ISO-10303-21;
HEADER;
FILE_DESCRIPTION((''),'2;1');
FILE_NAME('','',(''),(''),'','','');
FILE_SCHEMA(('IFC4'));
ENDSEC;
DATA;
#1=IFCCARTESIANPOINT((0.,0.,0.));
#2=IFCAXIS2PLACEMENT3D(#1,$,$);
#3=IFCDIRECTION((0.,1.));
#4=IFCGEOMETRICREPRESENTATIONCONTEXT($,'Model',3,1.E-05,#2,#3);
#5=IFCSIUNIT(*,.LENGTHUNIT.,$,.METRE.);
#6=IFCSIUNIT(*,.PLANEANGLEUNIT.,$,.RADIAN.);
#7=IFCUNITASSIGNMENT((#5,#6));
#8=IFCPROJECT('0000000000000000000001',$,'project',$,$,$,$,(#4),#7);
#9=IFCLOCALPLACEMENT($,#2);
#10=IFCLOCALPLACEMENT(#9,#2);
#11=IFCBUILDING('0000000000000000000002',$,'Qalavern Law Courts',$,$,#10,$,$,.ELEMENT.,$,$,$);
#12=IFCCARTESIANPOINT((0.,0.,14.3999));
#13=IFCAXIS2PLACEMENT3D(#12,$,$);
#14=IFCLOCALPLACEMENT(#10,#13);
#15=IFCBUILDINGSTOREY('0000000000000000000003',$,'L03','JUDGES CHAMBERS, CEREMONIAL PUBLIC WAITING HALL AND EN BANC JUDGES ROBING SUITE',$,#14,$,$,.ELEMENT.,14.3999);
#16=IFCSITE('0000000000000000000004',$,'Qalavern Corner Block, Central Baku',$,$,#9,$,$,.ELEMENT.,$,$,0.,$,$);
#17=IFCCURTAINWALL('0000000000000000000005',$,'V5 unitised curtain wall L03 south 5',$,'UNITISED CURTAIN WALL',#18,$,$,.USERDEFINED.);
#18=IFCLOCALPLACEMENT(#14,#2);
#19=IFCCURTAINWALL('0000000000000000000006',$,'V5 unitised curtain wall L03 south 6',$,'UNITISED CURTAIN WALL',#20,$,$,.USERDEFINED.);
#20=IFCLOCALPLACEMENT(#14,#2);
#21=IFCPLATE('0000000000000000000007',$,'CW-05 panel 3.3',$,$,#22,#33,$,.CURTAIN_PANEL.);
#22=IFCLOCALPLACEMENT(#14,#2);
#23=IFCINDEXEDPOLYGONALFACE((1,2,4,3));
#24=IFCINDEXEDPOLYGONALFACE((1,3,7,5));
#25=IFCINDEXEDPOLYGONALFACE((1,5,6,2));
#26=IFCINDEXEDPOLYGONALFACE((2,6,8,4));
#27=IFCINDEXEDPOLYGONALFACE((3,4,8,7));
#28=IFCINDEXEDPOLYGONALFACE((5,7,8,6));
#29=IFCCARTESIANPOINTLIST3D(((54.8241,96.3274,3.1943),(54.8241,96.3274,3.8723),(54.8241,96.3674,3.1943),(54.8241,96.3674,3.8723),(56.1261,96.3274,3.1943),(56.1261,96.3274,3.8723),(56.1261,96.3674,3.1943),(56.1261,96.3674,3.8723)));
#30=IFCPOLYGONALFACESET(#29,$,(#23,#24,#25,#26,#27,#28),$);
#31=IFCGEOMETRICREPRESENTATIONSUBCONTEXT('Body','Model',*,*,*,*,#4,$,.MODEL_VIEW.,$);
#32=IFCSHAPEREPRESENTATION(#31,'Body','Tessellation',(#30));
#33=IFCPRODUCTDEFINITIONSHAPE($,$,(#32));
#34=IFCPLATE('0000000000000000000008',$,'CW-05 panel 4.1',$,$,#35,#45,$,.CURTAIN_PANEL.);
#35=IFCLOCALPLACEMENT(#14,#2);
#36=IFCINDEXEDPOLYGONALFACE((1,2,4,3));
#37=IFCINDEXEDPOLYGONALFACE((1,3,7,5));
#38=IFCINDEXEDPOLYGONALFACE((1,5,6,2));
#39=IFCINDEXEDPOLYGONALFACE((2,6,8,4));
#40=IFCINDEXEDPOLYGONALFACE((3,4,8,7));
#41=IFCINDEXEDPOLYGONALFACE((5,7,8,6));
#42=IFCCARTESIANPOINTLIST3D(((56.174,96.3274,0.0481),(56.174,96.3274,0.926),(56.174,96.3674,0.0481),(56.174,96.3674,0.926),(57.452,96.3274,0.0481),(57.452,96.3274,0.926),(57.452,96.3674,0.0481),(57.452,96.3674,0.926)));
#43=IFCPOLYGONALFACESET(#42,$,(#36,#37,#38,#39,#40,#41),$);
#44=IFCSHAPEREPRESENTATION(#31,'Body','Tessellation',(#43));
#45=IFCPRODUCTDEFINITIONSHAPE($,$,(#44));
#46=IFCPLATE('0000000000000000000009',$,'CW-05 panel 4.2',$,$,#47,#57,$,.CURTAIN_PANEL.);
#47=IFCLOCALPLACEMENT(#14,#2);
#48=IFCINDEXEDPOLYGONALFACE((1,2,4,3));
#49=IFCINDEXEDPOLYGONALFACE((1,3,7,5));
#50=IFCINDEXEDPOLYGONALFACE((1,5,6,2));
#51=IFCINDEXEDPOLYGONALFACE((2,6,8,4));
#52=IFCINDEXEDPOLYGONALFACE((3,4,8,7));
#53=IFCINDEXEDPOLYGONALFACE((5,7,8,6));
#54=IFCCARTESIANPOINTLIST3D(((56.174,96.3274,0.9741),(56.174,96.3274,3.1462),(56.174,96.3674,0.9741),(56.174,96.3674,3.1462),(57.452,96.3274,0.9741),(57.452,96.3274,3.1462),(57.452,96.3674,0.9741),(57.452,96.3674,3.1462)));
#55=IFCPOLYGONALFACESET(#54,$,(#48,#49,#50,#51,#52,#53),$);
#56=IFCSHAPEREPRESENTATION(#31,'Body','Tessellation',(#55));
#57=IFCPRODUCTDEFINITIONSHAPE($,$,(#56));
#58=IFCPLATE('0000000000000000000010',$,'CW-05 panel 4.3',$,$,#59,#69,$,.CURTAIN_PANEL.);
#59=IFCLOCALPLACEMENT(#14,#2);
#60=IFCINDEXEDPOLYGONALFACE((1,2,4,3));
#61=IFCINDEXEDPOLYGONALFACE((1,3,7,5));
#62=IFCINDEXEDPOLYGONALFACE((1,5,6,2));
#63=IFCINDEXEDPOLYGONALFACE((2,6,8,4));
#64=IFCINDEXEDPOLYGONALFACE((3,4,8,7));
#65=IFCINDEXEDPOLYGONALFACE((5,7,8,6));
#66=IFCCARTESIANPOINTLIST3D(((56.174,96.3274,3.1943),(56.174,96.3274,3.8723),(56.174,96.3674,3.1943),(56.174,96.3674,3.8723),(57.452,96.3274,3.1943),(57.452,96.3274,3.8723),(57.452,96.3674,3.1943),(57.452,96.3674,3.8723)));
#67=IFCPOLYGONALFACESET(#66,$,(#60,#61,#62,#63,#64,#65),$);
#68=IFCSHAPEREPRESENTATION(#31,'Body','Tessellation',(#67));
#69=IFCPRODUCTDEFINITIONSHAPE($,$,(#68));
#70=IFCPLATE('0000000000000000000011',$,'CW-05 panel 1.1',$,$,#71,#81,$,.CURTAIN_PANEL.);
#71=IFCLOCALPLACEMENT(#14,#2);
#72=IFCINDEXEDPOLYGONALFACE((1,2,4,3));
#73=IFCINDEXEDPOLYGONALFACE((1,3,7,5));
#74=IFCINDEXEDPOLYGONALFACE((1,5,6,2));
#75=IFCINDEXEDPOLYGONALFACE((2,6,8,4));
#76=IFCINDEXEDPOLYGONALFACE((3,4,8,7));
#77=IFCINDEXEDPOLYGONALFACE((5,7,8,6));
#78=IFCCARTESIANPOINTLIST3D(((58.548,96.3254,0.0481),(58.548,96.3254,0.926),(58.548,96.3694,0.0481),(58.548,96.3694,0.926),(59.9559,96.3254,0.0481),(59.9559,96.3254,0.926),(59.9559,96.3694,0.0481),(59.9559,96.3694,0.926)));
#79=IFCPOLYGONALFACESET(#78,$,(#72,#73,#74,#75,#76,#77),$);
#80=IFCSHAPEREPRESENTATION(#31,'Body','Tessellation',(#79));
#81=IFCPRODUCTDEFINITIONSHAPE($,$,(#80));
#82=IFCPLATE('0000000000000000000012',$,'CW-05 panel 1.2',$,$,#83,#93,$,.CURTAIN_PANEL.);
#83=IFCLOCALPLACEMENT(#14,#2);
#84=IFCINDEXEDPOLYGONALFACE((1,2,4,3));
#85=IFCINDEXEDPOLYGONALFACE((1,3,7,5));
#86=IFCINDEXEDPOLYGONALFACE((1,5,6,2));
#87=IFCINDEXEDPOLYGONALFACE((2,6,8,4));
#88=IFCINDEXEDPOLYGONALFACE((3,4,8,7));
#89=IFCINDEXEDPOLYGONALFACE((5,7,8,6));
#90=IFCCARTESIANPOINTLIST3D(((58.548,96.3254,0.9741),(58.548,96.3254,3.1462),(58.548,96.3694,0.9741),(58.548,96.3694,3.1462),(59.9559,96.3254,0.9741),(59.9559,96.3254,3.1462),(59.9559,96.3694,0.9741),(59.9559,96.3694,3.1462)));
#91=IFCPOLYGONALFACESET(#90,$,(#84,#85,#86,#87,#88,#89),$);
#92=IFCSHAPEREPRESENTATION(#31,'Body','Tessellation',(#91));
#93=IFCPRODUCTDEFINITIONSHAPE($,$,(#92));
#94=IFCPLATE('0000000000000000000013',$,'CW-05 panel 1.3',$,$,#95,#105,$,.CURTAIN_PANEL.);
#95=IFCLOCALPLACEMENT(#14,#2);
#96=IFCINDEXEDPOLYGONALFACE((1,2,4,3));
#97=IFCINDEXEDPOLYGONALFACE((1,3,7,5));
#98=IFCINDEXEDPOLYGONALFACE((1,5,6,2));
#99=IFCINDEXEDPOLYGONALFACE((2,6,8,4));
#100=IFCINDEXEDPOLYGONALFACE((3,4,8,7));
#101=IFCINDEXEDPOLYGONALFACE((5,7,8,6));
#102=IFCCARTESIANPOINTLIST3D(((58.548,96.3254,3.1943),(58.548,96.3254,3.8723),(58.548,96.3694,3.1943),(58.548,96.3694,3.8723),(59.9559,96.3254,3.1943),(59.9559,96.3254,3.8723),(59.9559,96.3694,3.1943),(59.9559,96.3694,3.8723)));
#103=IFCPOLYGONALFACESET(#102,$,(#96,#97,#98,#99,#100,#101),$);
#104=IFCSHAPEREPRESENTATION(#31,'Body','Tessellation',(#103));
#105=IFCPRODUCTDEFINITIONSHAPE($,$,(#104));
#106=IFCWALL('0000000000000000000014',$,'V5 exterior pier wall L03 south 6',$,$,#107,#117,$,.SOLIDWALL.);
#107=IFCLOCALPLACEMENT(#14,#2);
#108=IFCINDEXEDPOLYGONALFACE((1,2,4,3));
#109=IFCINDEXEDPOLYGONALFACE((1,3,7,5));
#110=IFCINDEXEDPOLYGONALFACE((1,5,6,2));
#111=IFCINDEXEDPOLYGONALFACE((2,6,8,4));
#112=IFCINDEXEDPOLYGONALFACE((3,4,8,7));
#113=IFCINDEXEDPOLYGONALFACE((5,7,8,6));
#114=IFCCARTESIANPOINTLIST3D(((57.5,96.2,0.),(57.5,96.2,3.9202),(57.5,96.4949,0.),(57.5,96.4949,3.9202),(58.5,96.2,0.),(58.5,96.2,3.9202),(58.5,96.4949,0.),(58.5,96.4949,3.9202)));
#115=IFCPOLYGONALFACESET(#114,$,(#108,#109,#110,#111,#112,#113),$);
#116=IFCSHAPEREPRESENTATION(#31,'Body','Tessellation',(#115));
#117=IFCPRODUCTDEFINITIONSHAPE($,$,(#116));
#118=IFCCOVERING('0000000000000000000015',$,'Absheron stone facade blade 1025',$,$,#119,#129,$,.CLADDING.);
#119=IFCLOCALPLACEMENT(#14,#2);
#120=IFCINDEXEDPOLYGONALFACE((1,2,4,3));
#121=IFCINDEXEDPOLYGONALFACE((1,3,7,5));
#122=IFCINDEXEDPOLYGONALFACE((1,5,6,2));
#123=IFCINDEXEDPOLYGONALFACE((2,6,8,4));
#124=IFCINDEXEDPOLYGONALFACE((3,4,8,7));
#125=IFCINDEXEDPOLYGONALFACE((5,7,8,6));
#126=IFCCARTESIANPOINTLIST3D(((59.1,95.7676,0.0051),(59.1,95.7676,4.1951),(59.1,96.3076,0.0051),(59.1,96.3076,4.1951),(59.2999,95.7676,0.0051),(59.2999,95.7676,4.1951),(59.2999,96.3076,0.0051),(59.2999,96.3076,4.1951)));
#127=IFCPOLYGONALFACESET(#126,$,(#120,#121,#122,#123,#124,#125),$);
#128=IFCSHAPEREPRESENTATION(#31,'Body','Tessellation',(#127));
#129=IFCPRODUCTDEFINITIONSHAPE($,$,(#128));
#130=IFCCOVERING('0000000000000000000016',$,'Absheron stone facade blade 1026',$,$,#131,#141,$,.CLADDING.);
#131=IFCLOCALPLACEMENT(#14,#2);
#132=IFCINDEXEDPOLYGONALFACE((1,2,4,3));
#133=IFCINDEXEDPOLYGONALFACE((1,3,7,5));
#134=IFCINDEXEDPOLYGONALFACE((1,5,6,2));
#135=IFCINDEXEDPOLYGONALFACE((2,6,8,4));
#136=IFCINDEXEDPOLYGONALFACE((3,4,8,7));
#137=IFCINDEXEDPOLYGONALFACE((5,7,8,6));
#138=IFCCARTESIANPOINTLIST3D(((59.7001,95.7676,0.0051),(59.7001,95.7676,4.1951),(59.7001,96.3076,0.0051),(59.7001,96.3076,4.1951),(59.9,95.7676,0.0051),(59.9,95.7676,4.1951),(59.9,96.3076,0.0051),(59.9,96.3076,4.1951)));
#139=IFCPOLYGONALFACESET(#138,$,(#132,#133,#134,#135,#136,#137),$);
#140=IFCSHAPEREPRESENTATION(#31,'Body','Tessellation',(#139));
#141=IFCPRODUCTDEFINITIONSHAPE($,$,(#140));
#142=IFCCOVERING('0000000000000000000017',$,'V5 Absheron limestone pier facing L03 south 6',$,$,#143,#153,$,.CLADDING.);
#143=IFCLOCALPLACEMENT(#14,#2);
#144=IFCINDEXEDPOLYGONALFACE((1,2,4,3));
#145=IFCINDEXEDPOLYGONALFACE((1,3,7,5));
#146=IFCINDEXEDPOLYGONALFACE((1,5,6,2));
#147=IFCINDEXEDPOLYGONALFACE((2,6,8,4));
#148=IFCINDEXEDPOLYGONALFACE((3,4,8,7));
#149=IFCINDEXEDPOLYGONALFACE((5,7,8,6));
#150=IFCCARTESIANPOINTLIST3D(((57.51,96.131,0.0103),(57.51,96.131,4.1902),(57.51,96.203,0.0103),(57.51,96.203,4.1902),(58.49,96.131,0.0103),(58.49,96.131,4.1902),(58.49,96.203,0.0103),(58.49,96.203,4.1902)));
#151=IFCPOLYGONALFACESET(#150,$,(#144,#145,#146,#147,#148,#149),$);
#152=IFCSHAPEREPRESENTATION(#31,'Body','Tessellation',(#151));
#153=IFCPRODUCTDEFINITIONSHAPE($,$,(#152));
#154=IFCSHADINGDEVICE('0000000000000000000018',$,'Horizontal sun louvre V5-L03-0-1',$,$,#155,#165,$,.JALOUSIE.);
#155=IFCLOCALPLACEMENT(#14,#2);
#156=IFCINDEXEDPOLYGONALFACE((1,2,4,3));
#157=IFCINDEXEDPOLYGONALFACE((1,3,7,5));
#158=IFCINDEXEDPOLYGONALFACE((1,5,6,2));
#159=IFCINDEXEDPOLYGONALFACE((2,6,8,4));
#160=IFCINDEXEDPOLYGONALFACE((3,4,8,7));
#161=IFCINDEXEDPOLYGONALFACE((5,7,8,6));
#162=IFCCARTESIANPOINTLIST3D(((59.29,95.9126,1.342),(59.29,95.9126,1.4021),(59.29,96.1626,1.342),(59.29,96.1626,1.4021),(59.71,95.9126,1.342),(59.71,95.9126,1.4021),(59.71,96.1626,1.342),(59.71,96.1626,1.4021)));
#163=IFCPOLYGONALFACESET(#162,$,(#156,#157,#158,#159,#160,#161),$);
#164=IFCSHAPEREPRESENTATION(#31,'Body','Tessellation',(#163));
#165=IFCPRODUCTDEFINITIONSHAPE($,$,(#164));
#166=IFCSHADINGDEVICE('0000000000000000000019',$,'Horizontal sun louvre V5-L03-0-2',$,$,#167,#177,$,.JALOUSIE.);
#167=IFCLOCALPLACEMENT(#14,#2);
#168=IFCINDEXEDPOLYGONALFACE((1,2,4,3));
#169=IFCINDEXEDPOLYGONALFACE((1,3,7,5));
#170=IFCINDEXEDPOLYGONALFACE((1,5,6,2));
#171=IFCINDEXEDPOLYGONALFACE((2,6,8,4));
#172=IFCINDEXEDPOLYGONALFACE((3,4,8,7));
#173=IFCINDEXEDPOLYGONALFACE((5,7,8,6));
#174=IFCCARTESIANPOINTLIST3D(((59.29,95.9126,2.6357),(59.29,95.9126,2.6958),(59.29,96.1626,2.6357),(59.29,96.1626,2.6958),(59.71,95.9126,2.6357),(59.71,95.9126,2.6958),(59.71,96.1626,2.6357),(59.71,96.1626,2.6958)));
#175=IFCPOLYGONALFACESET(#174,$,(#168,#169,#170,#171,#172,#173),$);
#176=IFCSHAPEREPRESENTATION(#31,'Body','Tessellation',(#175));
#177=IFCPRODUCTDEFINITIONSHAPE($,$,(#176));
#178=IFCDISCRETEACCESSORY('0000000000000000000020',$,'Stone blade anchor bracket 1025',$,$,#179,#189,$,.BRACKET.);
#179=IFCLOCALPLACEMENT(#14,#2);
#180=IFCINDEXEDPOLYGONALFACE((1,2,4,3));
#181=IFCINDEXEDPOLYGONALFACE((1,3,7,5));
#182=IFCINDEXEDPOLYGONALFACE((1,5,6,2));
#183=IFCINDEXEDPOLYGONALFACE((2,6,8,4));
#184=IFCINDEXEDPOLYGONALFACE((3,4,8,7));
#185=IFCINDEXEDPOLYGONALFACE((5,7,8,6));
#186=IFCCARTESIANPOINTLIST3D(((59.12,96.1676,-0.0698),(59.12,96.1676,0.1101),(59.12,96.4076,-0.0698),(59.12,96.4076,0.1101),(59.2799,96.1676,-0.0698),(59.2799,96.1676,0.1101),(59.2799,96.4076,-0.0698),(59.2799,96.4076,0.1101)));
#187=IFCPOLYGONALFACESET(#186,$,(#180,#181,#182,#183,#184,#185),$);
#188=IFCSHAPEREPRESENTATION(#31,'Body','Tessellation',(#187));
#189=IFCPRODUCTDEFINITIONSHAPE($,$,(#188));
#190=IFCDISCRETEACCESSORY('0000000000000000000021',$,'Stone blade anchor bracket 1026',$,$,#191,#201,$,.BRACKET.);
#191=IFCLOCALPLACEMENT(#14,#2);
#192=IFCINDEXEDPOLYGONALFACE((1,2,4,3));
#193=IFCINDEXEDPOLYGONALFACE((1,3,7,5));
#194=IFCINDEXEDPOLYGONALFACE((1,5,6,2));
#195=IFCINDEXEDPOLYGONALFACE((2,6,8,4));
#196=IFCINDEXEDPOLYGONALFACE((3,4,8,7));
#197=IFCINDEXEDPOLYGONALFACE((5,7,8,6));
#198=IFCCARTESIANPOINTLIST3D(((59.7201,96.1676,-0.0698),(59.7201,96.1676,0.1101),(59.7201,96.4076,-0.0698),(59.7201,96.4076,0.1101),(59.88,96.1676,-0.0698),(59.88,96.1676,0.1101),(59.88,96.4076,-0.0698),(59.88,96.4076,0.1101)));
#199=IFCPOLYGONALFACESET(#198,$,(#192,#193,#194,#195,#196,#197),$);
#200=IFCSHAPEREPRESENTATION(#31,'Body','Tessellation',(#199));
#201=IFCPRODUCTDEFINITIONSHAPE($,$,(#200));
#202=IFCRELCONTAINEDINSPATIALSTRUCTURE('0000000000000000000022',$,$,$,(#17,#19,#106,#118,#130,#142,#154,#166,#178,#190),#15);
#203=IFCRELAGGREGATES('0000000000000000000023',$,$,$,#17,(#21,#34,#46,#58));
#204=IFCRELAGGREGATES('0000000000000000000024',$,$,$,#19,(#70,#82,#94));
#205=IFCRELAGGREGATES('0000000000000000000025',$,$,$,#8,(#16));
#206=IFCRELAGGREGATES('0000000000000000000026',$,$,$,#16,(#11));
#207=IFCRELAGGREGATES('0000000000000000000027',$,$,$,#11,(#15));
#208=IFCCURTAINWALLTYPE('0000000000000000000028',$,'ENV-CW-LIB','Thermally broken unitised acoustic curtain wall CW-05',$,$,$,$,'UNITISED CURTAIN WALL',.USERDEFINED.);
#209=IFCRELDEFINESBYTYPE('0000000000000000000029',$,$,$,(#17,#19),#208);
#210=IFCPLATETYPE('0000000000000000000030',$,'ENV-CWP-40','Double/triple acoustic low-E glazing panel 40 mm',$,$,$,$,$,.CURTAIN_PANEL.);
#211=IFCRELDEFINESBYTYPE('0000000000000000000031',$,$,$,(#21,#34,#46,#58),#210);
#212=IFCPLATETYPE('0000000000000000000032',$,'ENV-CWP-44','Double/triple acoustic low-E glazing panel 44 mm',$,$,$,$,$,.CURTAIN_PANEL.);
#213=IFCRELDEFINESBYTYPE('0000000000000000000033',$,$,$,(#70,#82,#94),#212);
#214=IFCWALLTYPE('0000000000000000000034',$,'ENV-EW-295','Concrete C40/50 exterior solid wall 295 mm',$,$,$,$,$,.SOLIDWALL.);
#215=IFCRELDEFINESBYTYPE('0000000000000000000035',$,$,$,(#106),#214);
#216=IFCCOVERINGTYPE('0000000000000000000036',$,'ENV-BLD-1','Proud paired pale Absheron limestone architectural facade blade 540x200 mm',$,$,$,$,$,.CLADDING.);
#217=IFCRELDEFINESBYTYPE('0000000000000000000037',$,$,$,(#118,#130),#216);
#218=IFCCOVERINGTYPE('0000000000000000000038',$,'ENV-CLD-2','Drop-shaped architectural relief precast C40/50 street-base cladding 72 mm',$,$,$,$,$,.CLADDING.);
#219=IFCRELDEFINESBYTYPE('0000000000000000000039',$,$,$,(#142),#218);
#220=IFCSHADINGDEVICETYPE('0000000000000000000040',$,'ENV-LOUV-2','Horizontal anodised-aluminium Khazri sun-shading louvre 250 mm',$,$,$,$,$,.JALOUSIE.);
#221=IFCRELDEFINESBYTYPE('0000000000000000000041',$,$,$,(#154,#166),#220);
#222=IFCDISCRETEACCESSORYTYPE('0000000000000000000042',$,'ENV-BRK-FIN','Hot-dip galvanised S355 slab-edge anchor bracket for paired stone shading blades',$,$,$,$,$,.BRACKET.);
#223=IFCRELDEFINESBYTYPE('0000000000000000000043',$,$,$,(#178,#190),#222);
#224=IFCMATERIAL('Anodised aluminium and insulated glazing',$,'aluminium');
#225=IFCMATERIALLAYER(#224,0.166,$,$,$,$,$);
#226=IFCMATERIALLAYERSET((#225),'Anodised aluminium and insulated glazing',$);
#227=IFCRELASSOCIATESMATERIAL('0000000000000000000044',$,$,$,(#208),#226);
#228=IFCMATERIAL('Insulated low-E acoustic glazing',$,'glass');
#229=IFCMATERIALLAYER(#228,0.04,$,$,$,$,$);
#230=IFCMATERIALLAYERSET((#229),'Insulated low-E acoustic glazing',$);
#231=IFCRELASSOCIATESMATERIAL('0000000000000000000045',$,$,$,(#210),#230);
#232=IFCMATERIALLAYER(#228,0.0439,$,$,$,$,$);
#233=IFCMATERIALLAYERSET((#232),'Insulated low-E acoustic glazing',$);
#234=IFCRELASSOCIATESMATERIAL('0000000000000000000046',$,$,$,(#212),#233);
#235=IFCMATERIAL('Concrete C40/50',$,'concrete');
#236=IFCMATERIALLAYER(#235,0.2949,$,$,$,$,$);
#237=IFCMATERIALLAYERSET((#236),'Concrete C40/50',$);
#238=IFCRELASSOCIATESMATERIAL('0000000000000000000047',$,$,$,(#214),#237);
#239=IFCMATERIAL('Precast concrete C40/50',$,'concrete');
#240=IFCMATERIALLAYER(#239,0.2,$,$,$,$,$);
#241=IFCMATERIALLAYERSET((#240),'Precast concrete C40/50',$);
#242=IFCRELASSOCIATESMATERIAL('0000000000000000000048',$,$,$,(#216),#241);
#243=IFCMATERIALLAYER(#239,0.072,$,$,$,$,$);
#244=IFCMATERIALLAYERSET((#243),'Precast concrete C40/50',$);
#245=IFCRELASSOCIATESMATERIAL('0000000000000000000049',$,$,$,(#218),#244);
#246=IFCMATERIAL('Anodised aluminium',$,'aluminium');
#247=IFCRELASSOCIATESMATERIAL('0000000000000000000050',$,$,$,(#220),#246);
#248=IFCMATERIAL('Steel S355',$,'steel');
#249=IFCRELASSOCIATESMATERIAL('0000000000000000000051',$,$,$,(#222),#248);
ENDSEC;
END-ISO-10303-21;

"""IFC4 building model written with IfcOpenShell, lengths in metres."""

from ifc_helpers import new_model, si_unit, direction, frame, frame_2d, origin, origin_2d, place, context, subcontext, project, spatial, rectangle, extrude, material, layer, layer_set, type_object, element, aggregate, save


model = new_model("IFC4")

# Units and contexts
model_context = context("Model", 3, precision=1e-05, world=origin(), true_north=direction((0.0, 1.0)))
body_context = subcontext(model_context, "Body", "Model", "MODEL_VIEW")
ifc_project = project(units=[si_unit("LENGTHUNIT", "METRE"), si_unit("PLANEANGLEUNIT", "RADIAN")], contexts=[model_context])

# Site, building, storey
site_placement = place(None, origin())
site = spatial("IfcSite", under=ifc_project, at=site_placement, Name="Qalavern Corner Block, Central Baku", CompositionType="ELEMENT", RefElevation=0.0)
building_placement = place(site_placement, origin())
building = spatial("IfcBuilding", under=site, at=building_placement, Name="Qalavern Law Courts", CompositionType="ELEMENT")
storey_placement = place(building_placement, frame((0.0, 0.0, 14.3999)))
storey = spatial("IfcBuildingStorey", under=building, at=storey_placement, Name="L03", Description="JUDGES CHAMBERS, CEREMONIAL PUBLIC WAITING HALL AND EN BANC JUDGES ROBING SUITE", CompositionType="ELEMENT", Elevation=14.3999)

# Curtain walls
ifc_material_1 = material(Name="Anodised aluminium and insulated glazing", Category="aluminium")
ifc_layer_1 = layer(ifc_material_1, 0.166)
ifc_layer_set_1 = layer_set([ifc_layer_1], Name="Anodised aluminium and insulated glazing")
curtain_wall_type = type_object("IfcCurtainWallType", Name="ENV-CW-LIB", Description="Thermally broken unitised acoustic curtain wall CW-05", ElementType="UNITISED CURTAIN WALL", PredefinedType="USERDEFINED", material=ifc_layer_set_1)
curtain_wall_1_placement = place(storey_placement, origin())
curtain_wall_1 = element("IfcCurtainWall", 1, at=curtain_wall_1_placement, inside=storey, type_object=curtain_wall_type, Name="V5 unitised curtain wall L03 south 5", ObjectType="UNITISED CURTAIN WALL", PredefinedType="USERDEFINED")
ifc_material_2 = material(Name="Anodised aluminium", Category="aluminium")
curtain_wall_2_placement = place(storey_placement, origin())
curtain_wall_2 = element("IfcCurtainWall", 2, at=curtain_wall_2_placement, inside=storey, type_object=curtain_wall_type, Name="V5 unitised curtain wall L03 south 6", ObjectType="UNITISED CURTAIN WALL", PredefinedType="USERDEFINED")

# Plates
ifc_material_3 = material(Name="Insulated low-E acoustic glazing", Category="glass")
ifc_layer_2 = layer(ifc_material_3, 0.04)
ifc_layer_set_2 = layer_set([ifc_layer_2], Name="Insulated low-E acoustic glazing")
plate_type_1 = type_object("IfcPlateType", Name="ENV-CWP-40", Description="Double/triple acoustic low-E glazing panel 40 mm", PredefinedType="CURTAIN_PANEL", material=ifc_layer_set_2)
plate_1_placement = place(storey_placement, frame((55.4751, 96.3474, 3.1943), z_axis=(0.0, 0.0, 1.0), x_axis=(1.0, 0.0, 0.0)))
plate_1 = element("IfcPlate", 3, at=plate_1_placement, type_object=plate_type_1, Name="CW-05 panel 3.3", PredefinedType="CURTAIN_PANEL", context=body_context, shape_type="SweptSolid", body=[
    extrude(rectangle(XDim=1.302, YDim=0.04, at=origin_2d()), origin(), (0.0, 0.0, 1.0), 0.678),
])
plate_2_placement = place(storey_placement, frame((56.813, 96.3474, 0.0481), z_axis=(0.0, 0.0, 1.0), x_axis=(1.0, 0.0, 0.0)))
plate_2 = element("IfcPlate", 4, at=plate_2_placement, type_object=plate_type_1, Name="CW-05 panel 4.1", PredefinedType="CURTAIN_PANEL", context=body_context, shape_type="SweptSolid", body=[
    extrude(rectangle(XDim=1.2781, YDim=0.04, at=origin_2d()), origin(), (0.0, 0.0, 1.0), 0.8779),
])
plate_3_placement = place(storey_placement, frame((56.813, 96.3474, 0.9741), z_axis=(0.0, 0.0, 1.0), x_axis=(1.0, 0.0, 0.0)))
plate_3 = element("IfcPlate", 5, at=plate_3_placement, type_object=plate_type_1, Name="CW-05 panel 4.2", PredefinedType="CURTAIN_PANEL", context=body_context, shape_type="SweptSolid", body=[
    extrude(rectangle(XDim=1.2781, YDim=0.04, at=origin_2d()), origin(), (0.0, 0.0, 1.0), 2.1721),
])
plate_4_placement = place(storey_placement, frame((56.813, 96.3474, 3.1943), z_axis=(0.0, 0.0, 1.0), x_axis=(1.0, 0.0, 0.0)))
plate_4 = element("IfcPlate", 6, at=plate_4_placement, type_object=plate_type_1, Name="CW-05 panel 4.3", PredefinedType="CURTAIN_PANEL", context=body_context, shape_type="SweptSolid", body=[
    extrude(rectangle(XDim=1.2781, YDim=0.04, at=origin_2d()), origin(), (0.0, 0.0, 1.0), 0.678),
])
aggregate(curtain_wall_1, [plate_1, plate_2, plate_3, plate_4])
ifc_layer_3 = layer(ifc_material_3, 0.0439)
ifc_layer_set_3 = layer_set([ifc_layer_3], Name="Insulated low-E acoustic glazing")
plate_type_2 = type_object("IfcPlateType", Name="ENV-CWP-44", Description="Double/triple acoustic low-E glazing panel 44 mm", PredefinedType="CURTAIN_PANEL", material=ifc_layer_set_3)
plate_5_placement = place(storey_placement, frame((59.252, 96.3474, 0.0481), z_axis=(0.0, 0.0, 1.0), x_axis=(1.0, 0.0, 0.0)))
plate_5 = element("IfcPlate", 7, at=plate_5_placement, type_object=plate_type_2, Name="CW-05 panel 1.1", PredefinedType="CURTAIN_PANEL", context=body_context, shape_type="SweptSolid", body=[
    extrude(rectangle(XDim=1.408, YDim=0.0439, at=origin_2d()), origin(), (0.0, 0.0, 1.0), 0.8779),
])
plate_6_placement = place(storey_placement, frame((59.252, 96.3474, 0.9741), z_axis=(0.0, 0.0, 1.0), x_axis=(1.0, 0.0, 0.0)))
plate_6 = element("IfcPlate", 8, at=plate_6_placement, type_object=plate_type_2, Name="CW-05 panel 1.2", PredefinedType="CURTAIN_PANEL", context=body_context, shape_type="SweptSolid", body=[
    extrude(rectangle(XDim=1.408, YDim=0.0439, at=origin_2d()), origin(), (0.0, 0.0, 1.0), 2.1721),
])
plate_7_placement = place(storey_placement, frame((59.252, 96.3474, 3.1943), z_axis=(0.0, 0.0, 1.0), x_axis=(1.0, 0.0, 0.0)))
plate_7 = element("IfcPlate", 9, at=plate_7_placement, type_object=plate_type_2, Name="CW-05 panel 1.3", PredefinedType="CURTAIN_PANEL", context=body_context, shape_type="SweptSolid", body=[
    extrude(rectangle(XDim=1.408, YDim=0.0439, at=origin_2d()), origin(), (0.0, 0.0, 1.0), 0.678),
])
aggregate(curtain_wall_2, [plate_5, plate_6, plate_7])

# Wall
ifc_material_4 = material(Name="Concrete C40/50", Category="concrete")
ifc_layer_4 = layer(ifc_material_4, 0.2949)
ifc_layer_set_4 = layer_set([ifc_layer_4], Name="Concrete C40/50")
wall_type = type_object("IfcWallType", Name="ENV-EW-295", Description="Concrete C40/50 exterior solid wall 295 mm", PredefinedType="SOLIDWALL", material=ifc_layer_set_4)
wall_placement = place(storey_placement, frame((57.5, 96.3474, 0.0), z_axis=(0.0, 0.0, 1.0), x_axis=(1.0, 0.0, 0.0)))
element("IfcWall", 10, at=wall_placement, inside=storey, type_object=wall_type, Name="V5 exterior pier wall L03 south 6", PredefinedType="SOLIDWALL", context=body_context, shape_type="SweptSolid", body=[
    extrude(rectangle(XDim=1.0, YDim=0.2949, at=frame_2d((0.5, 0.0))), origin(), (0.0, 0.0, 1.0), 3.9202),
])

# Coverings
ifc_material_5 = material(Name="Precast concrete C40/50", Category="concrete")
ifc_layer_5 = layer(ifc_material_5, 0.2)
ifc_layer_set_5 = layer_set([ifc_layer_5], Name="Precast concrete C40/50")
covering_type_1 = type_object("IfcCoveringType", Name="ENV-BLD-1", Description="Proud paired pale Absheron limestone architectural facade blade 540x200 mm", PredefinedType="CLADDING", material=ifc_layer_set_5)
for number, where, z_axis, x_axis, name in (
    (11, (59.2, 96.0376, 0.0051), (0.0, 0.0, 1.0), (0.0, -1.0, 0.0), "Absheron stone facade blade 1025"),
    (12, (59.8, 96.0376, 0.0051), (0.0, 0.0, 1.0), (0.0, -1.0, 0.0), "Absheron stone facade blade 1026"),
):
    element("IfcCovering", number, at=place(storey_placement, frame(where, z_axis=z_axis, x_axis=x_axis)), inside=storey, type_object=covering_type_1, Name=name, PredefinedType="CLADDING", context=body_context, shape_type="SweptSolid", body=[
        extrude(rectangle(XDim=0.54, YDim=0.2, at=origin_2d()), origin(), (0.0, 0.0, 1.0), 4.1899),
    ])
ifc_layer_6 = layer(ifc_material_5, 0.072)
ifc_layer_set_6 = layer_set([ifc_layer_6], Name="Precast concrete C40/50")
covering_type_2 = type_object("IfcCoveringType", Name="ENV-CLD-2", Description="Drop-shaped architectural relief precast C40/50 street-base cladding 72 mm", PredefinedType="CLADDING", material=ifc_layer_set_6)
covering_placement = place(storey_placement, frame((58.0, 96.167, 0.0103), z_axis=(0.0, 0.0, 1.0), x_axis=(1.0, 0.0, 0.0)))
element("IfcCovering", 13, at=covering_placement, inside=storey, type_object=covering_type_2, Name="V5 Absheron limestone pier facing L03 south 6", PredefinedType="CLADDING", context=body_context, shape_type="SweptSolid", body=[
    extrude(rectangle(XDim=0.98, YDim=0.072, at=origin_2d()), origin(), (0.0, 0.0, 1.0), 4.1799),
])

# Shading devices
shading_device_type = type_object("IfcShadingDeviceType", Name="ENV-LOUV-2", Description="Horizontal anodised-aluminium Khazri sun-shading louvre 250 mm", PredefinedType="JALOUSIE", material=ifc_material_2)
for number, where, z_axis, x_axis, name in (
    (14, (59.5, 96.0376, 1.342), (0.0, 0.0, 1.0), (1.0, 0.0, 0.0), "Horizontal sun louvre V5-L03-0-1"),
    (15, (59.5, 96.0376, 2.6357), (0.0, 0.0, 1.0), (1.0, 0.0, 0.0), "Horizontal sun louvre V5-L03-0-2"),
):
    element("IfcShadingDevice", number, at=place(storey_placement, frame(where, z_axis=z_axis, x_axis=x_axis)), inside=storey, type_object=shading_device_type, Name=name, PredefinedType="JALOUSIE", context=body_context, shape_type="SweptSolid", body=[
        extrude(rectangle(XDim=0.4199, YDim=0.25, at=origin_2d()), origin(), (0.0, 0.0, 1.0), 0.0601),
    ])

# Discrete accessories
ifc_material_6 = material(Name="Steel S355", Category="steel")
discrete_accessory_type = type_object("IfcDiscreteAccessoryType", Name="ENV-BRK-FIN", Description="Hot-dip galvanised S355 slab-edge anchor bracket for paired stone shading blades", PredefinedType="BRACKET", material=ifc_material_6)
for number, where, z_axis, x_axis, name in (
    (16, (59.2, 96.2876, -0.0698), (0.0, 0.0, 1.0), (0.0, -1.0, 0.0), "Stone blade anchor bracket 1025"),
    (17, (59.8, 96.2876, -0.0698), (0.0, 0.0, 1.0), (0.0, -1.0, 0.0), "Stone blade anchor bracket 1026"),
):
    element("IfcDiscreteAccessory", number, at=place(storey_placement, frame(where, z_axis=z_axis, x_axis=x_axis)), inside=storey, type_object=discrete_accessory_type, Name=name, PredefinedType="BRACKET", context=body_context, shape_type="SweptSolid", body=[
        extrude(rectangle(XDim=0.24, YDim=0.1599, at=origin_2d()), origin(), (0.0, 0.0, 1.0), 0.1799),
    ])

save(model, "model.ifc")
